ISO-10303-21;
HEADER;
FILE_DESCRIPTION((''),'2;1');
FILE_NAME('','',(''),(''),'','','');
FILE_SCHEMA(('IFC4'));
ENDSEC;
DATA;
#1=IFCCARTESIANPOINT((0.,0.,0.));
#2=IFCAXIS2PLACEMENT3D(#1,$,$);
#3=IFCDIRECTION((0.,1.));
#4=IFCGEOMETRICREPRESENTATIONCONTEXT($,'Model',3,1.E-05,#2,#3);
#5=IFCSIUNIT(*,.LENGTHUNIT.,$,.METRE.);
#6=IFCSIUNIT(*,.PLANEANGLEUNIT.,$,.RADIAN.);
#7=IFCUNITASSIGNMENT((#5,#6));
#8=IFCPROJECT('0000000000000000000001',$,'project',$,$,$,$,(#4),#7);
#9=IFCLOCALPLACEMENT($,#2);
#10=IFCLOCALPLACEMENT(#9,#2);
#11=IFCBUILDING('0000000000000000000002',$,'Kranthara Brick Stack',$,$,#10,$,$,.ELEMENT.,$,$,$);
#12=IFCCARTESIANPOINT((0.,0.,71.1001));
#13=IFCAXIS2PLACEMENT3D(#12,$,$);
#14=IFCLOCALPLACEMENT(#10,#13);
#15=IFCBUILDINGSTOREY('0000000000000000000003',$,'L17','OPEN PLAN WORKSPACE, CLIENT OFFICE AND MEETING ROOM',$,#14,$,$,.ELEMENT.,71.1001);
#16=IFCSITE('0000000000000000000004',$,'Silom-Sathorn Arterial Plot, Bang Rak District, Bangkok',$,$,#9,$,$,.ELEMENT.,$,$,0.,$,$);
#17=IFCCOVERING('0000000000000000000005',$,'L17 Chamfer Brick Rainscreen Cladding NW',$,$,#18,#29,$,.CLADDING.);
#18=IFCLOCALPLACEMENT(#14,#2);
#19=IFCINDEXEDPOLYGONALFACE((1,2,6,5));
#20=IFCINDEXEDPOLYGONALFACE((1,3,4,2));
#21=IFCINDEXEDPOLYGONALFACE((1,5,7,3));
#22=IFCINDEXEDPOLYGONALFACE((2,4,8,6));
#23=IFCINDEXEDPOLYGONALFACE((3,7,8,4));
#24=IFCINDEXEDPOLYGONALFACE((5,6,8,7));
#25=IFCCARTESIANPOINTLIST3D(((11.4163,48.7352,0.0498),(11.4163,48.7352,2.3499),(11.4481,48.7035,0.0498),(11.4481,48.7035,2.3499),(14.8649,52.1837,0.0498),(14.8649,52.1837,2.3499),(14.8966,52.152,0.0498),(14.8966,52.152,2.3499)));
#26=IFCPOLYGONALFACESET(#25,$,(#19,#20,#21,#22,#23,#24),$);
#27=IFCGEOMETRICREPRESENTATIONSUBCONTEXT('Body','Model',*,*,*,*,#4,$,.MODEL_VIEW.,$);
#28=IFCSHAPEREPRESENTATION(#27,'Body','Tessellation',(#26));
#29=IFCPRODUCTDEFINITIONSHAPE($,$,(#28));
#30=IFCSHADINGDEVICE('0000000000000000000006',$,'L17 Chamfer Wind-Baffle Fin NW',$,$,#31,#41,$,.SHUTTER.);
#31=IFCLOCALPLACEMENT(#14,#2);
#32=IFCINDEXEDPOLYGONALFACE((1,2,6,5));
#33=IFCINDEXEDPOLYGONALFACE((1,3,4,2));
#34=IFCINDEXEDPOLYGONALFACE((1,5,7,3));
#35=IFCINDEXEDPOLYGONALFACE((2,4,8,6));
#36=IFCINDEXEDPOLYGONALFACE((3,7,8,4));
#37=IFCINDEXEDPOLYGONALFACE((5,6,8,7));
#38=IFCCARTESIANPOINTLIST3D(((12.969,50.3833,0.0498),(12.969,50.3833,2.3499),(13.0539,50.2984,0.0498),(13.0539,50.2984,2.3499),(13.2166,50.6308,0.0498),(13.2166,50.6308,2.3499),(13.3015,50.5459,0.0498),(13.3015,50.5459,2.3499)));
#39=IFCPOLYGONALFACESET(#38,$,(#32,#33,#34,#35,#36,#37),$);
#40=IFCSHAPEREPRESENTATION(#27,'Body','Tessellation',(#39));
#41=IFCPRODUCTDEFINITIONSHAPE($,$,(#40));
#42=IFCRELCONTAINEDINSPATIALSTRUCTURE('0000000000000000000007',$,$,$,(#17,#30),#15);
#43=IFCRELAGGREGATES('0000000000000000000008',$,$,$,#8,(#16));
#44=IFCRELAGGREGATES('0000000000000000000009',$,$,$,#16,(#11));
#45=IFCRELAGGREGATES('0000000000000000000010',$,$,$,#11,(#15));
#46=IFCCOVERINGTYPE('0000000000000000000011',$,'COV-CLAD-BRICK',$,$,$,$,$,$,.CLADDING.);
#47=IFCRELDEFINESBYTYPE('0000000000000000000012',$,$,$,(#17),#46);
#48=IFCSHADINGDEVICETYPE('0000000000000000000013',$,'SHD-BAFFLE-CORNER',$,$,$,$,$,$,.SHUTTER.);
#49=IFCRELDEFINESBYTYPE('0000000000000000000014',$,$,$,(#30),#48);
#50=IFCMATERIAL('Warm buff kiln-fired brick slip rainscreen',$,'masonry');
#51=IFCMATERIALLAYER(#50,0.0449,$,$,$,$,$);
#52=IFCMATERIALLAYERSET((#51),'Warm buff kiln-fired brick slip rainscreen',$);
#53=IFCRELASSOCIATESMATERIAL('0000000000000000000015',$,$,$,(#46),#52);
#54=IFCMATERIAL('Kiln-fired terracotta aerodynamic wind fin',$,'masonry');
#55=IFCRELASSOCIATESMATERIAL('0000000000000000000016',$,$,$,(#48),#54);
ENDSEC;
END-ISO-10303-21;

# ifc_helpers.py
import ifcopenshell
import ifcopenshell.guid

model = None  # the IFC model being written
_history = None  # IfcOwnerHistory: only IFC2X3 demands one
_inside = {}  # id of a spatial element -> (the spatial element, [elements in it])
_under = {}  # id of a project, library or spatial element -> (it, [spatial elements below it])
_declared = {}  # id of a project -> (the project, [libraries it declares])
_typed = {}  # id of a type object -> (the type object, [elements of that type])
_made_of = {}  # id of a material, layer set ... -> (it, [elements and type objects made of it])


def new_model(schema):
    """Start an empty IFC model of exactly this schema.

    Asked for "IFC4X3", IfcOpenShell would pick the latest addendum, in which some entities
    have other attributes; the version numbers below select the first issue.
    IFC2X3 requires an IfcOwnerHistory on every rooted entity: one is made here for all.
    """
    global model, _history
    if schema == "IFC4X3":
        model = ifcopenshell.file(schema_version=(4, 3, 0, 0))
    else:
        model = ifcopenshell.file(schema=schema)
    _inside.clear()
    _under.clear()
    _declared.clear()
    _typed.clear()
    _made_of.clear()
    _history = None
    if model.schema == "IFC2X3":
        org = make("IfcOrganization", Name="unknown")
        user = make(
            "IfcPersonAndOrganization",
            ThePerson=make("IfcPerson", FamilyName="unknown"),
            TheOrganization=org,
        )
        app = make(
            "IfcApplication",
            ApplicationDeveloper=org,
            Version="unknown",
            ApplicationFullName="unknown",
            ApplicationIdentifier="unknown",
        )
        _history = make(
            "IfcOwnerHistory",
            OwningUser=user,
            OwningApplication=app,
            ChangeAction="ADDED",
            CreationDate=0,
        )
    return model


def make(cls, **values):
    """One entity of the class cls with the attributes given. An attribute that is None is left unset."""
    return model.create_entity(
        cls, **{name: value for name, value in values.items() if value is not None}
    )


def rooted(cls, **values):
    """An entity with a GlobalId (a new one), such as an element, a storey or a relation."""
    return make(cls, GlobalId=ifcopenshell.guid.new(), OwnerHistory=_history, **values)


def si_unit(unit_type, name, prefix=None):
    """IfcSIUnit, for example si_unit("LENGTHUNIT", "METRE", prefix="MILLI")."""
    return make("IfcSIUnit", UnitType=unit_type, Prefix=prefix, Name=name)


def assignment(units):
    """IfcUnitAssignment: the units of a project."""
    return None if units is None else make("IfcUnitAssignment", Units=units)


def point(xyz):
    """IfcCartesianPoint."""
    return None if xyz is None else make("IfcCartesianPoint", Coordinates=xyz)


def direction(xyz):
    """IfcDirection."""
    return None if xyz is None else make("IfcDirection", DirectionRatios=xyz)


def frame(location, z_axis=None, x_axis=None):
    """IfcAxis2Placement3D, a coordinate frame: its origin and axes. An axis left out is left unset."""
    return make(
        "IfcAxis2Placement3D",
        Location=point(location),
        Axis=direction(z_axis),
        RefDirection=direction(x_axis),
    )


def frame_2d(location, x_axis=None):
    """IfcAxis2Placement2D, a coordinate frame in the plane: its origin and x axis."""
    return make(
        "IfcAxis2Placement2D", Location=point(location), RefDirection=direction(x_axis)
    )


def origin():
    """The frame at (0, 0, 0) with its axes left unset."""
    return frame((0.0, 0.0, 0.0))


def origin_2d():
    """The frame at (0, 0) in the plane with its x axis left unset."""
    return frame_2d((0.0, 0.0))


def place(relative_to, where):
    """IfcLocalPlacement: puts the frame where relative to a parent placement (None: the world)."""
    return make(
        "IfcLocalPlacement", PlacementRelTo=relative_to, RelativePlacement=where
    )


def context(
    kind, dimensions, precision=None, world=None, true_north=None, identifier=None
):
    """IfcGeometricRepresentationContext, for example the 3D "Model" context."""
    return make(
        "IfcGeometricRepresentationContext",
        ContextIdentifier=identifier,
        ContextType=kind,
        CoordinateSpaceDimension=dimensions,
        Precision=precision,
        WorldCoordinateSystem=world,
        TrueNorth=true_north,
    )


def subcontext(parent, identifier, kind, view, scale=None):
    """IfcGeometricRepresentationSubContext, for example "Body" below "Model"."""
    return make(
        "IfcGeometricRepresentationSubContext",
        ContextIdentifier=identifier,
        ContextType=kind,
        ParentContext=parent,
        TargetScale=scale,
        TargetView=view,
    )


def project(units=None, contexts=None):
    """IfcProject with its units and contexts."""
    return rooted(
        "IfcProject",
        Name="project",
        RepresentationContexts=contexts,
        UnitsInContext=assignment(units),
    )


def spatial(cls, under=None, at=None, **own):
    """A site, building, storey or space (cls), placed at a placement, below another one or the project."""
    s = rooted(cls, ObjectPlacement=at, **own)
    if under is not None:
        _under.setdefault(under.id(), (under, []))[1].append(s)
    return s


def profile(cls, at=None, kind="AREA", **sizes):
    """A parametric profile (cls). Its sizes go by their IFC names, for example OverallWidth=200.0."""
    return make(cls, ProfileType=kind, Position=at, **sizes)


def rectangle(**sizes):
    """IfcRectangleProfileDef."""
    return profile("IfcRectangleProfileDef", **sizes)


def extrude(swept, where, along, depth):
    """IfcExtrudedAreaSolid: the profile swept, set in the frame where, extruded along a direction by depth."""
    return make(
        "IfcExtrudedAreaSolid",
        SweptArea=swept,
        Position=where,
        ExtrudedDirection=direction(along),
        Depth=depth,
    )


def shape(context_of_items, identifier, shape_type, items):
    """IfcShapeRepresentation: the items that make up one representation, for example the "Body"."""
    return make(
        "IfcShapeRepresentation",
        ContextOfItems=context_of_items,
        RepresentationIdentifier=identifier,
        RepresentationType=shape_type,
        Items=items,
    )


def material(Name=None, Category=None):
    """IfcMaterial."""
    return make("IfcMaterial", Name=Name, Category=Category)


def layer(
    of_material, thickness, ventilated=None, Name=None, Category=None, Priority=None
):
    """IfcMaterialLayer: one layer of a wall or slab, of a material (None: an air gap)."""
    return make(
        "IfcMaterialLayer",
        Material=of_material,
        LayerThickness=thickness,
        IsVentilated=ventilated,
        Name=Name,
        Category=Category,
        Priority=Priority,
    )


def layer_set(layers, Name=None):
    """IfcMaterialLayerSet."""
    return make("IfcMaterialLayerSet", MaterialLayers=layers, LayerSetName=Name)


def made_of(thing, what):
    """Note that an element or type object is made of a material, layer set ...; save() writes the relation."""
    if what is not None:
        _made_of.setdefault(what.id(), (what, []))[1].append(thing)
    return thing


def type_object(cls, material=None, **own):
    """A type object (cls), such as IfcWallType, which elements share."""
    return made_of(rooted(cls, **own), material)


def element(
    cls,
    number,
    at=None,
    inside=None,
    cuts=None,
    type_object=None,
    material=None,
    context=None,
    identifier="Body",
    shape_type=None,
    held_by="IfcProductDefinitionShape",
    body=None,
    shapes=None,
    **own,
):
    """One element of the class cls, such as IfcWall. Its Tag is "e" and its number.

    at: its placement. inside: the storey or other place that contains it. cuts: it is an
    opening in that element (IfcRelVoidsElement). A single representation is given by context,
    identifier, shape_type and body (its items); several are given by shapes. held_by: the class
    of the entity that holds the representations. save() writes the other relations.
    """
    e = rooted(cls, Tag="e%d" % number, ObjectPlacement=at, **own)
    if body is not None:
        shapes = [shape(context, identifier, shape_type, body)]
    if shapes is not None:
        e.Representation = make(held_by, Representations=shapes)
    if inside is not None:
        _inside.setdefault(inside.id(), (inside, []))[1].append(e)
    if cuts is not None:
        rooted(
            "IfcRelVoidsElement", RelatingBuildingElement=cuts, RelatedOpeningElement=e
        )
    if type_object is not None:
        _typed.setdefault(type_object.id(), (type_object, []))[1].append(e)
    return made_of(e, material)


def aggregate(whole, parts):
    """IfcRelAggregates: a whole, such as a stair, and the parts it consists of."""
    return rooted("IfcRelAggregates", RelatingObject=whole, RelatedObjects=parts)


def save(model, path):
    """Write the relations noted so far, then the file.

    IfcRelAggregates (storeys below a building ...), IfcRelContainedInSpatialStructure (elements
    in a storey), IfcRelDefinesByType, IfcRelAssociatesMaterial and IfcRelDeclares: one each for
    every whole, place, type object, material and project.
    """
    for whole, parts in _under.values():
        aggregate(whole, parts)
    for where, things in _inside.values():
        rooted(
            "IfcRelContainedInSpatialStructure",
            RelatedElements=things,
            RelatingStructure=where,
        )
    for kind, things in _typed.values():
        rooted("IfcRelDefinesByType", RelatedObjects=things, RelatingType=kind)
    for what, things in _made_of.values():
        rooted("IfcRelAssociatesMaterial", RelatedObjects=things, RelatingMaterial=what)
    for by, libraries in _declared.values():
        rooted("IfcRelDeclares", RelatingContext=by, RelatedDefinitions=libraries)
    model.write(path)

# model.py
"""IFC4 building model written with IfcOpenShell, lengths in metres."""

from ifc_helpers import new_model, si_unit, direction, frame, origin, origin_2d, place, context, subcontext, project, spatial, rectangle, extrude, material, layer, layer_set, type_object, element, save


model = new_model("IFC4")

# Units and contexts
model_context = context("Model", 3, precision=1e-05, world=origin(), true_north=direction((0.0, 1.0)))
body_context = subcontext(model_context, "Body", "Model", "MODEL_VIEW")
ifc_project = project(units=[si_unit("LENGTHUNIT", "METRE"), si_unit("PLANEANGLEUNIT", "RADIAN")], contexts=[model_context])

# Site, building, storey
site_placement = place(None, origin())
site = spatial("IfcSite", under=ifc_project, at=site_placement, Name="Silom-Sathorn Arterial Plot, Bang Rak District, Bangkok", CompositionType="ELEMENT", RefElevation=0.0)
building_placement = place(site_placement, origin())
building = spatial("IfcBuilding", under=site, at=building_placement, Name="Kranthara Brick Stack", CompositionType="ELEMENT")
storey_placement = place(building_placement, frame((0.0, 0.0, 71.1001)))
storey = spatial("IfcBuildingStorey", under=building, at=storey_placement, Name="L17", Description="OPEN PLAN WORKSPACE, CLIENT OFFICE AND MEETING ROOM", CompositionType="ELEMENT", Elevation=71.1001)

# Covering
ifc_material_1 = material(Name="Warm buff kiln-fired brick slip rainscreen", Category="masonry")
ifc_layer_1 = layer(ifc_material_1, 0.0449)
ifc_layer_set_1 = layer_set([ifc_layer_1], Name="Warm buff kiln-fired brick slip rainscreen")
covering_type = type_object("IfcCoveringType", Name="COV-CLAD-BRICK", PredefinedType="CLADDING", material=ifc_layer_set_1)
covering_placement = place(storey_placement, frame((13.1565, 50.4436, 0.0498), z_axis=(0.0, 0.0, 1.0), x_axis=(0.707107, 0.707107, 0.0)))
element("IfcCovering", 1, at=covering_placement, inside=storey, type_object=covering_type, Name="L17 Chamfer Brick Rainscreen Cladding NW", PredefinedType="CLADDING", context=body_context, shape_type="SweptSolid", body=[
    extrude(rectangle(XDim=4.877, YDim=0.0449, at=origin_2d()), origin(), (0.0, 0.0, 1.0), 2.3),
])

# Shading device
ifc_material_2 = material(Name="Kiln-fired terracotta aerodynamic wind fin", Category="masonry")
shading_device_type = type_object("IfcShadingDeviceType", Name="SHD-BAFFLE-CORNER", PredefinedType="SHUTTER", material=ifc_material_2)
shading_device_placement = place(storey_placement, frame((13.1353, 50.4646, 0.0498), z_axis=(0.0, 0.0, 1.0), x_axis=(0.707107, 0.707107, 0.0)))
element("IfcShadingDevice", 2, at=shading_device_placement, inside=storey, type_object=shading_device_type, Name="L17 Chamfer Wind-Baffle Fin NW", PredefinedType="SHUTTER", context=body_context, shape_type="SweptSolid", body=[
    extrude(rectangle(XDim=0.3501, YDim=0.1201, at=origin_2d()), origin(), (0.0, 0.0, 1.0), 2.3),
])

save(model, "model.ifc")
